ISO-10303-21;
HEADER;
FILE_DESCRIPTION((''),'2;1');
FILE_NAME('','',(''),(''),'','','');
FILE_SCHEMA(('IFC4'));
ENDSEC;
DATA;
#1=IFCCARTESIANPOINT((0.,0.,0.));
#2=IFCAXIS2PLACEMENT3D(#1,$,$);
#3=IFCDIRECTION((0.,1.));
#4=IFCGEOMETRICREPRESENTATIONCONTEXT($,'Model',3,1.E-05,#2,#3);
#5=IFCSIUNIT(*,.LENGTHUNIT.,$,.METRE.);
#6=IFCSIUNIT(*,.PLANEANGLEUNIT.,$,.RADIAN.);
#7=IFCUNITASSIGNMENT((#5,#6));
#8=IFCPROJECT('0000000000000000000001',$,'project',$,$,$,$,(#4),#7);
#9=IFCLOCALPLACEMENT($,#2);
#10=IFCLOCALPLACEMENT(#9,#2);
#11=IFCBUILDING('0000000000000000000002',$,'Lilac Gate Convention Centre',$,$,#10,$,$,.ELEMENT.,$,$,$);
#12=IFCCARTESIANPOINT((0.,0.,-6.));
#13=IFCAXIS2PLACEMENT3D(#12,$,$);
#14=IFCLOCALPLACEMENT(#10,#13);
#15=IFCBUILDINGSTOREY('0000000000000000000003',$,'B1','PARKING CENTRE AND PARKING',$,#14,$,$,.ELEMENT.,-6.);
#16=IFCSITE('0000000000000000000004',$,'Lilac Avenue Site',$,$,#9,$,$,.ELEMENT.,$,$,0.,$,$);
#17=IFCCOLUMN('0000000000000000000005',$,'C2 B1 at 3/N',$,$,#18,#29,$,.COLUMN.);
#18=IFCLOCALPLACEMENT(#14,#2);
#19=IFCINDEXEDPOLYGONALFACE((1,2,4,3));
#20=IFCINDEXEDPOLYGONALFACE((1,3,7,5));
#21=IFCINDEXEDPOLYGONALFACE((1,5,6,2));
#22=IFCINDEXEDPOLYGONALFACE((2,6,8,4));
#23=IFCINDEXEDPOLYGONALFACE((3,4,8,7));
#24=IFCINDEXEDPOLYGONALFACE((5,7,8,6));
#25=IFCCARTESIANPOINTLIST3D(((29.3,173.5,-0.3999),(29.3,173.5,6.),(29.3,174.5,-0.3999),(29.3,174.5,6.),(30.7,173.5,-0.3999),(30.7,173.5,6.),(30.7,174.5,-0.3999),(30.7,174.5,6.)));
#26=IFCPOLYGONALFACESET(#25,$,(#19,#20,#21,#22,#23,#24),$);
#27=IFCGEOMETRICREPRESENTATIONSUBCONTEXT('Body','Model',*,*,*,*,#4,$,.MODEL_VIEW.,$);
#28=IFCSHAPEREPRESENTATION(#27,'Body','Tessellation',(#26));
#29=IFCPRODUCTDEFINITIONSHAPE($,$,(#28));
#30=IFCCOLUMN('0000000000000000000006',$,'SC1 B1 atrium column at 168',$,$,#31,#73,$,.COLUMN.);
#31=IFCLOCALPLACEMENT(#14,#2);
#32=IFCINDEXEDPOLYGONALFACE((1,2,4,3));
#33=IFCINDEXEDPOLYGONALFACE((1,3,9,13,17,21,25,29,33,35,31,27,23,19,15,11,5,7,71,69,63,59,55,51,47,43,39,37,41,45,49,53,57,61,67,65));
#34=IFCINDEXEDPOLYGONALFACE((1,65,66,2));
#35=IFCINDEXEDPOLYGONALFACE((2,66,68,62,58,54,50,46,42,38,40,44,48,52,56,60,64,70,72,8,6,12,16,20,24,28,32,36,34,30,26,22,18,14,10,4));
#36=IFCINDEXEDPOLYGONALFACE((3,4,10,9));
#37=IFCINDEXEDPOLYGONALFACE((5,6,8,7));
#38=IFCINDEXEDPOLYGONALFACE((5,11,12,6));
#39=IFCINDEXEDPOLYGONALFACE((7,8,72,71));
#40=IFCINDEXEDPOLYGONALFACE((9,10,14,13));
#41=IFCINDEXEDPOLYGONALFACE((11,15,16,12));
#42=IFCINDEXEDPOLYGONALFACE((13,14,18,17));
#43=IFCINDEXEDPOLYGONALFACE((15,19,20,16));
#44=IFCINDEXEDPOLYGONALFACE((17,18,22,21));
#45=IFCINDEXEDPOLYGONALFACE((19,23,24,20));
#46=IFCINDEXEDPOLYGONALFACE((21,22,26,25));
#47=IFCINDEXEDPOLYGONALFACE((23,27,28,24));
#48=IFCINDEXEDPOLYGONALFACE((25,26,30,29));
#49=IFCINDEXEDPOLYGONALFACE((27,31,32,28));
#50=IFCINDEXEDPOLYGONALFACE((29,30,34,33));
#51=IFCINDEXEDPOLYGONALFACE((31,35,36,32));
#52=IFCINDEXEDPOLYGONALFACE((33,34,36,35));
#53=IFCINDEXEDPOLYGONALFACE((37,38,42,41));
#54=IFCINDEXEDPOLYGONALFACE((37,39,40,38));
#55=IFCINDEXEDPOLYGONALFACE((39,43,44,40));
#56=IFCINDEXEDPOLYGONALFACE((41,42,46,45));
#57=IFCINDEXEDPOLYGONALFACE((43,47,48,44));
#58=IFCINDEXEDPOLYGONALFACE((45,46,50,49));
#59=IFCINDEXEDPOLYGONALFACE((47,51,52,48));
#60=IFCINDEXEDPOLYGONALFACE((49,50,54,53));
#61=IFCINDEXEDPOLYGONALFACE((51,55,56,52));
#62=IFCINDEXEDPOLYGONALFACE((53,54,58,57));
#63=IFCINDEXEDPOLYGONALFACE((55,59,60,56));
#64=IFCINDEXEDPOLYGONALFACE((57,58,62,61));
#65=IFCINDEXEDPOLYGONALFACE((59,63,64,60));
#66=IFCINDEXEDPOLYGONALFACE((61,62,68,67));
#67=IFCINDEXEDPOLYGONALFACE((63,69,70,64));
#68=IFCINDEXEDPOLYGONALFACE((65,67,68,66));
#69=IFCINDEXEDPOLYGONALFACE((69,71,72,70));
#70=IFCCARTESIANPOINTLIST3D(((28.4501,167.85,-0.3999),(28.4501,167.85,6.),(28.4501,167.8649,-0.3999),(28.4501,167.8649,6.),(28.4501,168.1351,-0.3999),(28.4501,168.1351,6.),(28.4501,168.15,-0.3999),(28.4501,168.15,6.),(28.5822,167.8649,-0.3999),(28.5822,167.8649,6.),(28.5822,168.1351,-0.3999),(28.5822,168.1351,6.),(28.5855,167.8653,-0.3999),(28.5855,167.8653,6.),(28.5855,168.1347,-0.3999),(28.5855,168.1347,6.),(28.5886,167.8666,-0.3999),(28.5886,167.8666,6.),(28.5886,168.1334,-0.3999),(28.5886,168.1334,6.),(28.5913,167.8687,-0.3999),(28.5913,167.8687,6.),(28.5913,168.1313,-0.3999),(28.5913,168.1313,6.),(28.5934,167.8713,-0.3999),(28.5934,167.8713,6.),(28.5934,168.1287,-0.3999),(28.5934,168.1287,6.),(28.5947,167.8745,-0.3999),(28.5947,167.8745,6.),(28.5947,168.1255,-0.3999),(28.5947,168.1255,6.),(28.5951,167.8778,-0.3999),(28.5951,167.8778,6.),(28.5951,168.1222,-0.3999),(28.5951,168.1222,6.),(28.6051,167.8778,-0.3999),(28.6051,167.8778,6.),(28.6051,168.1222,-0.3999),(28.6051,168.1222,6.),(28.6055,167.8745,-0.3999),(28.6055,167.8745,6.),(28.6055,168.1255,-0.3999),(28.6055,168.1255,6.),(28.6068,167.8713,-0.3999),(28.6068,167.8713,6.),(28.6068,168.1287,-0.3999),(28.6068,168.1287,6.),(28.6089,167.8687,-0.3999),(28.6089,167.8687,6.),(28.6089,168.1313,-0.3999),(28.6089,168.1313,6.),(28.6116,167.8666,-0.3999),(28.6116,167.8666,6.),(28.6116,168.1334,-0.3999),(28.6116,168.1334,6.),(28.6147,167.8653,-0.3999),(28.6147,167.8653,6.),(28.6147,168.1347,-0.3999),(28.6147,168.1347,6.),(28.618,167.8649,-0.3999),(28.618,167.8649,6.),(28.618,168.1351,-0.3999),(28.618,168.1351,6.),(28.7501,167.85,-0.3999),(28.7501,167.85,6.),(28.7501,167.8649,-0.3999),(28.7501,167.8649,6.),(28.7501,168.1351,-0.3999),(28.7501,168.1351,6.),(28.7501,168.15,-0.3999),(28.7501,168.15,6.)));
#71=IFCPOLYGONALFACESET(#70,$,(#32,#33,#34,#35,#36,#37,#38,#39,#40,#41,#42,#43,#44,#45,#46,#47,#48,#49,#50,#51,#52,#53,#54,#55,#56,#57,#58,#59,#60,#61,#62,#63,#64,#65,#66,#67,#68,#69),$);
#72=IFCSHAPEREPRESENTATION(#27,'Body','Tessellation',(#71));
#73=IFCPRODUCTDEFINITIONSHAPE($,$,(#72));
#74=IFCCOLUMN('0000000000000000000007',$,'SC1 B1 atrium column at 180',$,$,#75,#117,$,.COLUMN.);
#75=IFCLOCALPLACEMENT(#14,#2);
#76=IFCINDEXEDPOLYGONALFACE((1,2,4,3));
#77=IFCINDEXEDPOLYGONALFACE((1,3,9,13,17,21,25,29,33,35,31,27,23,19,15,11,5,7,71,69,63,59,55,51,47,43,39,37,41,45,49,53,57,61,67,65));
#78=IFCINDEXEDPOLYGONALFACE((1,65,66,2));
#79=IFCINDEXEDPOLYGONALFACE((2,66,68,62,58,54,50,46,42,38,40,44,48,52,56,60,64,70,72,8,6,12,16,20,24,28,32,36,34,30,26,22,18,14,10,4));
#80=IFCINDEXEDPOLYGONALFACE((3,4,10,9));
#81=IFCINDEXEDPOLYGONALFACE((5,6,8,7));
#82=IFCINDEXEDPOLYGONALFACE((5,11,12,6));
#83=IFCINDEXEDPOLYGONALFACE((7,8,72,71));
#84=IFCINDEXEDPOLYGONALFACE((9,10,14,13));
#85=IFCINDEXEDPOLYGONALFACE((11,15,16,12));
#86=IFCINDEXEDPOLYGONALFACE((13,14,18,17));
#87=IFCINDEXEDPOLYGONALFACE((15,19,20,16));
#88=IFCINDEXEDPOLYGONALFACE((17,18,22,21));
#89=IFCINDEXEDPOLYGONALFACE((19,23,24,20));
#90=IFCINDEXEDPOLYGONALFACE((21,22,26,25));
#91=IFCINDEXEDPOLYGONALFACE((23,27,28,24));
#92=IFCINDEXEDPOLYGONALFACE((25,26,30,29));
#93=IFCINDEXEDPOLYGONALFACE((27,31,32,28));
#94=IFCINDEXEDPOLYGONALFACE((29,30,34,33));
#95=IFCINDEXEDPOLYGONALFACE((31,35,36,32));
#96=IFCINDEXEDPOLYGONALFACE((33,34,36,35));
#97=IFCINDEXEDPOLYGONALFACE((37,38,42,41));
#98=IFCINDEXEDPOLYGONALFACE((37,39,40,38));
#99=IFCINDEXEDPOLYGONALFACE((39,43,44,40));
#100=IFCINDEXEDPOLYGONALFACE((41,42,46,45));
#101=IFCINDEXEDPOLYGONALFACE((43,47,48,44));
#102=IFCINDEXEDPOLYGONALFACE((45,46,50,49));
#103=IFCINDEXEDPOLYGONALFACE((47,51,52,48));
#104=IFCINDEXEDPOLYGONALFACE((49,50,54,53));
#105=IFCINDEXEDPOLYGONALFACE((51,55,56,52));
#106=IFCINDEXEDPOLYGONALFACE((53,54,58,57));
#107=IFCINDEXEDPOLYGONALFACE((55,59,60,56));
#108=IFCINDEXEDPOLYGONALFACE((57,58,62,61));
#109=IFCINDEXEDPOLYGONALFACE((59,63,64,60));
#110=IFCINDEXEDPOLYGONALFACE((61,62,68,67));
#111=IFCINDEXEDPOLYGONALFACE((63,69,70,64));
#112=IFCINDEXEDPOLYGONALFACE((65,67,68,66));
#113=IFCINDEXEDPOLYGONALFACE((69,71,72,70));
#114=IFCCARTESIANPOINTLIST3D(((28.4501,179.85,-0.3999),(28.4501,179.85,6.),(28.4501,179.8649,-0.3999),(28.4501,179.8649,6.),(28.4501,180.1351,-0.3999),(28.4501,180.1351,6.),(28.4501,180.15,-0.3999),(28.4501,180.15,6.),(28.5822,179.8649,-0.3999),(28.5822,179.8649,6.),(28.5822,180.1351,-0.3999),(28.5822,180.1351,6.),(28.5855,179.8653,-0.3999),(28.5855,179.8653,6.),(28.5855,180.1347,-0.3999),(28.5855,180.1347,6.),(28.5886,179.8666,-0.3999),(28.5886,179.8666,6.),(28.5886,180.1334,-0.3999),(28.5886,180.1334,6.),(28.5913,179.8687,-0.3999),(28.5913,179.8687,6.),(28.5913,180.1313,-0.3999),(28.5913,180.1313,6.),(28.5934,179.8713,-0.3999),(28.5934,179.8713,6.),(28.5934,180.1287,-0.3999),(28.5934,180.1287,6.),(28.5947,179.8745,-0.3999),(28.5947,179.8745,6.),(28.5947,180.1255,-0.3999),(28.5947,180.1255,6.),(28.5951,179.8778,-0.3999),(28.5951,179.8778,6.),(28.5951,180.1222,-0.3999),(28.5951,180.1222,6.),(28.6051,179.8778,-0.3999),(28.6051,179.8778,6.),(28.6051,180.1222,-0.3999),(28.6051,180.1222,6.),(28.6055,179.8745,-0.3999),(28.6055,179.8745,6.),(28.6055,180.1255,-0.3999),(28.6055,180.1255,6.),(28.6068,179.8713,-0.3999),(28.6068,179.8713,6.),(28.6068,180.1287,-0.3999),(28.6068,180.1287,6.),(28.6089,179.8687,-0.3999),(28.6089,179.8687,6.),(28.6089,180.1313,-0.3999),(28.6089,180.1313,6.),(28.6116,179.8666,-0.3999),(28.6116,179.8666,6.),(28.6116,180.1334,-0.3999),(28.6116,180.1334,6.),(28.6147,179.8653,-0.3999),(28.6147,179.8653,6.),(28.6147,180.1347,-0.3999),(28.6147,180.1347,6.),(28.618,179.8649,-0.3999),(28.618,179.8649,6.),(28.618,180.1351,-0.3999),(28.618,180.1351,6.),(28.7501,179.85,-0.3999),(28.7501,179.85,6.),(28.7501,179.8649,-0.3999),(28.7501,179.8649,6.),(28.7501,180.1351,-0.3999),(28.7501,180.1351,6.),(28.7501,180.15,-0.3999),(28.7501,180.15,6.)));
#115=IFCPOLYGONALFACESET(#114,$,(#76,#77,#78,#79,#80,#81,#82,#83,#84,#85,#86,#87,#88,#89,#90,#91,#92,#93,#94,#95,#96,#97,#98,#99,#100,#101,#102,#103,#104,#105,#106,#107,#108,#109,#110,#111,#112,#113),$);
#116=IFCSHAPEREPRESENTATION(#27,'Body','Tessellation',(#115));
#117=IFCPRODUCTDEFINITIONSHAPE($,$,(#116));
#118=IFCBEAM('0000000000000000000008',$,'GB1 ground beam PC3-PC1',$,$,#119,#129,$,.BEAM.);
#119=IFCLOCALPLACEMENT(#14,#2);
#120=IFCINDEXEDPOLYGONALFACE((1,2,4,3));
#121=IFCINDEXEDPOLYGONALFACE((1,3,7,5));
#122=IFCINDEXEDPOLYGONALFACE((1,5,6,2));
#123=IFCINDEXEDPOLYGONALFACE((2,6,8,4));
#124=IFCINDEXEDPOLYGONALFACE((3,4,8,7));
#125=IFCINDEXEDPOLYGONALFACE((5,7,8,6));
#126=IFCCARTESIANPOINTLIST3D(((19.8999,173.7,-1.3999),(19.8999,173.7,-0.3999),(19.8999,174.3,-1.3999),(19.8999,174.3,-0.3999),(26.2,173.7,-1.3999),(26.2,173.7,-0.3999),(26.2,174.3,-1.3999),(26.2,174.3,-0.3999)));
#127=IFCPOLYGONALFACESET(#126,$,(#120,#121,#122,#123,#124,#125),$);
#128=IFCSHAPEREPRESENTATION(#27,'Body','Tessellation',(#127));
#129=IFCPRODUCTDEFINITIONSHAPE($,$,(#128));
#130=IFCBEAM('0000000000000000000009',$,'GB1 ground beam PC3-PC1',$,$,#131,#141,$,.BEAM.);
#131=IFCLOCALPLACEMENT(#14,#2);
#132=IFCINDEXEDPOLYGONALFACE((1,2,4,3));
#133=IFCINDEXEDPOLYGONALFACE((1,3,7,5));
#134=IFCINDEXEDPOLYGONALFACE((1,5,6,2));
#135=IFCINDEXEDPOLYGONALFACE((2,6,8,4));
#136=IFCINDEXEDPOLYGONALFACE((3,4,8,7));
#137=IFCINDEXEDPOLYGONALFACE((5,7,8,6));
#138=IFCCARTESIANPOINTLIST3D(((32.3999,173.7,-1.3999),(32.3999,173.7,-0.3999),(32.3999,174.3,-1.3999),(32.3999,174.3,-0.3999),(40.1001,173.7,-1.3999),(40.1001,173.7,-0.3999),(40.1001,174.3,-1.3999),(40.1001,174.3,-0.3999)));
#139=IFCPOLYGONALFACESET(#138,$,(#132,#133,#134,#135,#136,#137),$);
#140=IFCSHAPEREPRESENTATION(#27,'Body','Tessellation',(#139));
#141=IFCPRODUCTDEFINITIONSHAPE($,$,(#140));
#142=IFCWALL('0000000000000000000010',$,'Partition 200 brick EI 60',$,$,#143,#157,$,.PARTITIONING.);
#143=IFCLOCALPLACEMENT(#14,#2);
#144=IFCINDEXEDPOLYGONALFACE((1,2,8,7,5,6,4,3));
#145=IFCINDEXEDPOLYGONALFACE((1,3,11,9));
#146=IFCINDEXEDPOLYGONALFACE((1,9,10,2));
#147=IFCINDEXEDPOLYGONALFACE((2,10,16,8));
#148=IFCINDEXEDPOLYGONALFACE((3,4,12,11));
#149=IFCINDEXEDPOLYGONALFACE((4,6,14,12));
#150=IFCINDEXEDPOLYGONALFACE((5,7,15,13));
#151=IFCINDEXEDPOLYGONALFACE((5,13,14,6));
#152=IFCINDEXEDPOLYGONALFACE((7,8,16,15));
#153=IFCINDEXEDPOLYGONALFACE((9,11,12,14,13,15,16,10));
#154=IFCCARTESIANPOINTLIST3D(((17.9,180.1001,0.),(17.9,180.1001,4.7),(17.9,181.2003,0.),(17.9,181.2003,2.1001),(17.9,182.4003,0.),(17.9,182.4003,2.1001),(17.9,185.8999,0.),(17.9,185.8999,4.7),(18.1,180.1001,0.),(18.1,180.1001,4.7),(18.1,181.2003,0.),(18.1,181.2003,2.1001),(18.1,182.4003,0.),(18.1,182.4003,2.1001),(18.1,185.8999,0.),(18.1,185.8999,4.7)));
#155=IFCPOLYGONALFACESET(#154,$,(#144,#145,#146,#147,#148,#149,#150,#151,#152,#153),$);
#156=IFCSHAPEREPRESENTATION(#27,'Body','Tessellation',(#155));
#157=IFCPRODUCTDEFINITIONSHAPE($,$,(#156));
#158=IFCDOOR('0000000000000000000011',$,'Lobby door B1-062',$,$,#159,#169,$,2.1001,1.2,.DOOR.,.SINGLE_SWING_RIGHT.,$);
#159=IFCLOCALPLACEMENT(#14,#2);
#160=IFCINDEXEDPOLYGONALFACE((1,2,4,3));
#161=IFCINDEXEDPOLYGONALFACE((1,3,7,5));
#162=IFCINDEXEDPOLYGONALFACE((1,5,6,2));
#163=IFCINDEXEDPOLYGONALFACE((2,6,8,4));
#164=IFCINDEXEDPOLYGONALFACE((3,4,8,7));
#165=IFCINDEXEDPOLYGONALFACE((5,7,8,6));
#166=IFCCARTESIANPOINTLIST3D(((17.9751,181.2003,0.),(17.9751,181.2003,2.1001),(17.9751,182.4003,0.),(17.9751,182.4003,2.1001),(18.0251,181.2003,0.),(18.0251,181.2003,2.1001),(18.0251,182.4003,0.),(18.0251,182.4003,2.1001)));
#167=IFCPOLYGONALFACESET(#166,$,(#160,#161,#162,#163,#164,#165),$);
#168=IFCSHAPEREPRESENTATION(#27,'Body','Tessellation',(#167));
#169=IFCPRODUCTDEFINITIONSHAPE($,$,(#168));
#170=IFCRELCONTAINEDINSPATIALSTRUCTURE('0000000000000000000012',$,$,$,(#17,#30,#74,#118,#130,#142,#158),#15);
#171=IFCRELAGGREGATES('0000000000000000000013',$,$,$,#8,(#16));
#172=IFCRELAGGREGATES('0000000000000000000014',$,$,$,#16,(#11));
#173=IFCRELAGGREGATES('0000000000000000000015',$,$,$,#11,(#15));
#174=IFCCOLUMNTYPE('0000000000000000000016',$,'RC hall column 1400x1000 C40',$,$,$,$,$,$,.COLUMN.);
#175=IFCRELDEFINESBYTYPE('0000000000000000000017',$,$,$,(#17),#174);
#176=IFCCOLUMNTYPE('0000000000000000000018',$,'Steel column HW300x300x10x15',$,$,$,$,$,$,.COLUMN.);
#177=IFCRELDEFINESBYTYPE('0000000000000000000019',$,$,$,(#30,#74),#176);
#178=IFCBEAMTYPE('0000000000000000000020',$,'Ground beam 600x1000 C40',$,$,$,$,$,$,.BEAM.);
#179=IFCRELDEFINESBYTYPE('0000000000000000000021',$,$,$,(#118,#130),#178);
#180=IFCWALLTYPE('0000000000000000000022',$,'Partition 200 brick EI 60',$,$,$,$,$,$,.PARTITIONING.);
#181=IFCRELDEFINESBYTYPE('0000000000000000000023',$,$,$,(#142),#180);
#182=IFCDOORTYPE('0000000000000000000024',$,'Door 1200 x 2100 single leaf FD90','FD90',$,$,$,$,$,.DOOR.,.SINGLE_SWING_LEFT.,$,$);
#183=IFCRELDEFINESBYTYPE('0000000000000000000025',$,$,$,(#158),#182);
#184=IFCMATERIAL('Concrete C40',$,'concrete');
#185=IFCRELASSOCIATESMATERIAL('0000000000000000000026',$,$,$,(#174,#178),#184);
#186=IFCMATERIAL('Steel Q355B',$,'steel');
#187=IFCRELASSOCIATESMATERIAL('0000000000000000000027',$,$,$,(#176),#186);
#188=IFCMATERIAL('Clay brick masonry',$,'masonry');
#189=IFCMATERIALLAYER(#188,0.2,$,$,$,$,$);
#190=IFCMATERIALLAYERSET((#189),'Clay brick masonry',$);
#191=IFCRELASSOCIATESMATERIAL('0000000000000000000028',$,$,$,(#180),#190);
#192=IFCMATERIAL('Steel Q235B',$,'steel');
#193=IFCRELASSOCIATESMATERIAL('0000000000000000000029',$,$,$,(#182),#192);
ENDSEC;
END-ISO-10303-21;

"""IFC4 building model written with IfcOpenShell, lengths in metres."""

from ifc_helpers import new_model, si_unit, direction, frame, frame_2d, origin, origin_2d, place, context, subcontext, project, spatial, rectangle, i_section, extrude, material, layer, layer_set, material_profile, profile_set, type_object, element, fill, save


model = new_model("IFC4")

# Units and contexts
model_context = context("Model", 3, precision=1e-05, world=origin(), true_north=direction((0.0, 1.0)))
body_context = subcontext(model_context, "Body", "Model", "MODEL_VIEW")
ifc_project = project(units=[si_unit("LENGTHUNIT", "METRE"), si_unit("PLANEANGLEUNIT", "RADIAN")], contexts=[model_context])

# Site, building, storey
site_placement = place(None, origin())
site = spatial("IfcSite", under=ifc_project, at=site_placement, Name="Lilac Avenue Site", CompositionType="ELEMENT", RefElevation=0.0)
building_placement = place(site_placement, origin())
building = spatial("IfcBuilding", under=site, at=building_placement, Name="Lilac Gate Convention Centre", CompositionType="ELEMENT")
storey_placement = place(building_placement, frame((0.0, 0.0, -6.0)))
storey = spatial("IfcBuildingStorey", under=building, at=storey_placement, Name="B1", Description="PARKING CENTRE AND PARKING", CompositionType="ELEMENT", Elevation=-6.0)

# Columns
ifc_material_1 = material(Name="Concrete C40", Category="concrete")
ifc_material_profile_1 = material_profile(ifc_material_1, rectangle(XDim=1.3999, YDim=1.0, at=origin_2d()), Name="RC 1400x1000")
ifc_profile_set_1 = profile_set([ifc_material_profile_1], Name="Concrete C40")
column_type_1 = type_object("IfcColumnType", Name="RC hall column 1400x1000 C40", PredefinedType="COLUMN", material=ifc_profile_set_1)
column_placement = place(storey_placement, frame((30.0, 174.0, -0.3999), z_axis=(0.0, 0.0, 1.0), x_axis=(1.0, 0.0, 0.0)))
element("IfcColumn", 1, at=column_placement, inside=storey, type_object=column_type_1, Name="C2 B1 at 3/N", PredefinedType="COLUMN", context=body_context, shape_type="SweptSolid", body=[
    extrude(rectangle(XDim=1.3999, YDim=1.0, at=origin_2d()), origin(), (0.0, 0.0, 1.0), 6.3999),
])
ifc_material_2 = material(Name="Steel Q355B", Category="steel")
ifc_material_profile_2 = material_profile(ifc_material_2, i_section(OverallWidth=0.3, OverallDepth=0.3, WebThickness=0.01, FlangeThickness=0.0149, FilletRadius=0.0129, at=origin_2d()), Name="HW300x300x10x15")
ifc_profile_set_2 = profile_set([ifc_material_profile_2], Name="Steel Q355B")
column_type_2 = type_object("IfcColumnType", Name="Steel column HW300x300x10x15", PredefinedType="COLUMN", material=ifc_profile_set_2)
for number, where, z_axis, x_axis, name in (
    (2, (28.6001, 168.0, -0.3999), (0.0, 0.0, 1.0), (1.0, 0.0, 0.0), "SC1 B1 atrium column at 168"),
    (3, (28.6001, 180.0, -0.3999), (0.0, 0.0, 1.0), (1.0, 0.0, 0.0), "SC1 B1 atrium column at 180"),
):
    element("IfcColumn", number, at=place(storey_placement, frame(where, z_axis=z_axis, x_axis=x_axis)), inside=storey, type_object=column_type_2, Name=name, PredefinedType="COLUMN", context=body_context, shape_type="SweptSolid", body=[
        extrude(i_section(OverallWidth=0.3, OverallDepth=0.3, WebThickness=0.01, FlangeThickness=0.0149, FilletRadius=0.0129, at=origin_2d()), origin(), (0.0, 0.0, 1.0), 6.3999),
    ])

# Beams
ifc_material_profile_3 = material_profile(ifc_material_1, rectangle(XDim=0.6001, YDim=1.0, at=origin_2d()), Name="RC 600x1000")
ifc_profile_set_3 = profile_set([ifc_material_profile_3], Name="Concrete C40")
beam_type = type_object("IfcBeamType", Name="Ground beam 600x1000 C40", PredefinedType="BEAM", material=ifc_profile_set_3)
beam_1_placement = place(storey_placement, frame((19.8999, 174.0, -0.8999), z_axis=(1.0, 0.0, 0.0), x_axis=(0.0, 1.0, 0.0)))
element("IfcBeam", 4, at=beam_1_placement, inside=storey, type_object=beam_type, Name="GB1 ground beam PC3-PC1", PredefinedType="BEAM", context=body_context, shape_type="SweptSolid", body=[
    extrude(rectangle(XDim=0.6001, YDim=1.0, at=origin_2d()), origin(), (0.0, 0.0, 1.0), 6.3),
])
beam_2_placement = place(storey_placement, frame((32.3999, 174.0, -0.8999), z_axis=(1.0, 0.0, 0.0), x_axis=(0.0, 1.0, 0.0)))
element("IfcBeam", 5, at=beam_2_placement, inside=storey, type_object=beam_type, Name="GB1 ground beam PC3-PC1", PredefinedType="BEAM", context=body_context, shape_type="SweptSolid", body=[
    extrude(rectangle(XDim=0.6001, YDim=1.0, at=origin_2d()), origin(), (0.0, 0.0, 1.0), 7.7002),
])

# Wall, opening, door
ifc_material_3 = material(Name="Clay brick masonry", Category="masonry")
ifc_layer = layer(ifc_material_3, 0.2)
ifc_layer_set = layer_set([ifc_layer], Name="Clay brick masonry")
wall_type = type_object("IfcWallType", Name="Partition 200 brick EI 60", PredefinedType="PARTITIONING", material=ifc_layer_set)
wall_placement = place(storey_placement, frame((18.0, 180.1001, 0.0), z_axis=(0.0, 0.0, 1.0), x_axis=(0.0, 1.0, 0.0)))
wall = element("IfcWall", 6, at=wall_placement, inside=storey, type_object=wall_type, Name="Partition 200 brick EI 60", PredefinedType="PARTITIONING", context=body_context, shape_type="SweptSolid", body=[
    extrude(rectangle(XDim=5.7998, YDim=0.2, at=frame_2d((2.8999, 0.0))), origin(), (0.0, 0.0, 1.0), 4.7),
])
opening_placement = place(wall_placement, frame((1.1001, 0.0, 0.0)))
opening = element("IfcOpeningElement", 7, at=opening_placement, cuts=wall, PredefinedType="OPENING", context=body_context, shape_type="SweptSolid", body=[
    extrude(rectangle(XDim=1.2, YDim=2.1001, at=frame_2d((0.6001, 1.05))), frame((0.0, 0.1099, 0.0), z_axis=(0.0, -1.0, 0.0), x_axis=(1.0, 0.0, 0.0)), (0.0, 0.0, 1.0), 0.22),
])
ifc_material_4 = material(Name="Steel Q235B", Category="steel")
door_type = type_object("IfcDoorType", Name="Door 1200 x 2100 single leaf FD90", Description="FD90", OperationType="SINGLE_SWING_LEFT", PredefinedType="DOOR", material=ifc_material_4)
door_placement = place(opening_placement, origin())
door = element("IfcDoor", 8, at=door_placement, inside=storey, type_object=door_type, Name="Lobby door B1-062", OperationType="SINGLE_SWING_RIGHT", OverallHeight=2.1001, OverallWidth=1.2, PredefinedType="DOOR", context=body_context, shape_type="SweptSolid", body=[
    extrude(rectangle(XDim=1.2, YDim=2.1001, at=frame_2d((0.6001, 1.05))), frame((0.0, 0.0249, 0.0), z_axis=(0.0, -1.0, 0.0), x_axis=(1.0, 0.0, 0.0)), (0.0, 0.0, 1.0), 0.05),
])
fill(opening, door)

save(model, "model.ifc")
